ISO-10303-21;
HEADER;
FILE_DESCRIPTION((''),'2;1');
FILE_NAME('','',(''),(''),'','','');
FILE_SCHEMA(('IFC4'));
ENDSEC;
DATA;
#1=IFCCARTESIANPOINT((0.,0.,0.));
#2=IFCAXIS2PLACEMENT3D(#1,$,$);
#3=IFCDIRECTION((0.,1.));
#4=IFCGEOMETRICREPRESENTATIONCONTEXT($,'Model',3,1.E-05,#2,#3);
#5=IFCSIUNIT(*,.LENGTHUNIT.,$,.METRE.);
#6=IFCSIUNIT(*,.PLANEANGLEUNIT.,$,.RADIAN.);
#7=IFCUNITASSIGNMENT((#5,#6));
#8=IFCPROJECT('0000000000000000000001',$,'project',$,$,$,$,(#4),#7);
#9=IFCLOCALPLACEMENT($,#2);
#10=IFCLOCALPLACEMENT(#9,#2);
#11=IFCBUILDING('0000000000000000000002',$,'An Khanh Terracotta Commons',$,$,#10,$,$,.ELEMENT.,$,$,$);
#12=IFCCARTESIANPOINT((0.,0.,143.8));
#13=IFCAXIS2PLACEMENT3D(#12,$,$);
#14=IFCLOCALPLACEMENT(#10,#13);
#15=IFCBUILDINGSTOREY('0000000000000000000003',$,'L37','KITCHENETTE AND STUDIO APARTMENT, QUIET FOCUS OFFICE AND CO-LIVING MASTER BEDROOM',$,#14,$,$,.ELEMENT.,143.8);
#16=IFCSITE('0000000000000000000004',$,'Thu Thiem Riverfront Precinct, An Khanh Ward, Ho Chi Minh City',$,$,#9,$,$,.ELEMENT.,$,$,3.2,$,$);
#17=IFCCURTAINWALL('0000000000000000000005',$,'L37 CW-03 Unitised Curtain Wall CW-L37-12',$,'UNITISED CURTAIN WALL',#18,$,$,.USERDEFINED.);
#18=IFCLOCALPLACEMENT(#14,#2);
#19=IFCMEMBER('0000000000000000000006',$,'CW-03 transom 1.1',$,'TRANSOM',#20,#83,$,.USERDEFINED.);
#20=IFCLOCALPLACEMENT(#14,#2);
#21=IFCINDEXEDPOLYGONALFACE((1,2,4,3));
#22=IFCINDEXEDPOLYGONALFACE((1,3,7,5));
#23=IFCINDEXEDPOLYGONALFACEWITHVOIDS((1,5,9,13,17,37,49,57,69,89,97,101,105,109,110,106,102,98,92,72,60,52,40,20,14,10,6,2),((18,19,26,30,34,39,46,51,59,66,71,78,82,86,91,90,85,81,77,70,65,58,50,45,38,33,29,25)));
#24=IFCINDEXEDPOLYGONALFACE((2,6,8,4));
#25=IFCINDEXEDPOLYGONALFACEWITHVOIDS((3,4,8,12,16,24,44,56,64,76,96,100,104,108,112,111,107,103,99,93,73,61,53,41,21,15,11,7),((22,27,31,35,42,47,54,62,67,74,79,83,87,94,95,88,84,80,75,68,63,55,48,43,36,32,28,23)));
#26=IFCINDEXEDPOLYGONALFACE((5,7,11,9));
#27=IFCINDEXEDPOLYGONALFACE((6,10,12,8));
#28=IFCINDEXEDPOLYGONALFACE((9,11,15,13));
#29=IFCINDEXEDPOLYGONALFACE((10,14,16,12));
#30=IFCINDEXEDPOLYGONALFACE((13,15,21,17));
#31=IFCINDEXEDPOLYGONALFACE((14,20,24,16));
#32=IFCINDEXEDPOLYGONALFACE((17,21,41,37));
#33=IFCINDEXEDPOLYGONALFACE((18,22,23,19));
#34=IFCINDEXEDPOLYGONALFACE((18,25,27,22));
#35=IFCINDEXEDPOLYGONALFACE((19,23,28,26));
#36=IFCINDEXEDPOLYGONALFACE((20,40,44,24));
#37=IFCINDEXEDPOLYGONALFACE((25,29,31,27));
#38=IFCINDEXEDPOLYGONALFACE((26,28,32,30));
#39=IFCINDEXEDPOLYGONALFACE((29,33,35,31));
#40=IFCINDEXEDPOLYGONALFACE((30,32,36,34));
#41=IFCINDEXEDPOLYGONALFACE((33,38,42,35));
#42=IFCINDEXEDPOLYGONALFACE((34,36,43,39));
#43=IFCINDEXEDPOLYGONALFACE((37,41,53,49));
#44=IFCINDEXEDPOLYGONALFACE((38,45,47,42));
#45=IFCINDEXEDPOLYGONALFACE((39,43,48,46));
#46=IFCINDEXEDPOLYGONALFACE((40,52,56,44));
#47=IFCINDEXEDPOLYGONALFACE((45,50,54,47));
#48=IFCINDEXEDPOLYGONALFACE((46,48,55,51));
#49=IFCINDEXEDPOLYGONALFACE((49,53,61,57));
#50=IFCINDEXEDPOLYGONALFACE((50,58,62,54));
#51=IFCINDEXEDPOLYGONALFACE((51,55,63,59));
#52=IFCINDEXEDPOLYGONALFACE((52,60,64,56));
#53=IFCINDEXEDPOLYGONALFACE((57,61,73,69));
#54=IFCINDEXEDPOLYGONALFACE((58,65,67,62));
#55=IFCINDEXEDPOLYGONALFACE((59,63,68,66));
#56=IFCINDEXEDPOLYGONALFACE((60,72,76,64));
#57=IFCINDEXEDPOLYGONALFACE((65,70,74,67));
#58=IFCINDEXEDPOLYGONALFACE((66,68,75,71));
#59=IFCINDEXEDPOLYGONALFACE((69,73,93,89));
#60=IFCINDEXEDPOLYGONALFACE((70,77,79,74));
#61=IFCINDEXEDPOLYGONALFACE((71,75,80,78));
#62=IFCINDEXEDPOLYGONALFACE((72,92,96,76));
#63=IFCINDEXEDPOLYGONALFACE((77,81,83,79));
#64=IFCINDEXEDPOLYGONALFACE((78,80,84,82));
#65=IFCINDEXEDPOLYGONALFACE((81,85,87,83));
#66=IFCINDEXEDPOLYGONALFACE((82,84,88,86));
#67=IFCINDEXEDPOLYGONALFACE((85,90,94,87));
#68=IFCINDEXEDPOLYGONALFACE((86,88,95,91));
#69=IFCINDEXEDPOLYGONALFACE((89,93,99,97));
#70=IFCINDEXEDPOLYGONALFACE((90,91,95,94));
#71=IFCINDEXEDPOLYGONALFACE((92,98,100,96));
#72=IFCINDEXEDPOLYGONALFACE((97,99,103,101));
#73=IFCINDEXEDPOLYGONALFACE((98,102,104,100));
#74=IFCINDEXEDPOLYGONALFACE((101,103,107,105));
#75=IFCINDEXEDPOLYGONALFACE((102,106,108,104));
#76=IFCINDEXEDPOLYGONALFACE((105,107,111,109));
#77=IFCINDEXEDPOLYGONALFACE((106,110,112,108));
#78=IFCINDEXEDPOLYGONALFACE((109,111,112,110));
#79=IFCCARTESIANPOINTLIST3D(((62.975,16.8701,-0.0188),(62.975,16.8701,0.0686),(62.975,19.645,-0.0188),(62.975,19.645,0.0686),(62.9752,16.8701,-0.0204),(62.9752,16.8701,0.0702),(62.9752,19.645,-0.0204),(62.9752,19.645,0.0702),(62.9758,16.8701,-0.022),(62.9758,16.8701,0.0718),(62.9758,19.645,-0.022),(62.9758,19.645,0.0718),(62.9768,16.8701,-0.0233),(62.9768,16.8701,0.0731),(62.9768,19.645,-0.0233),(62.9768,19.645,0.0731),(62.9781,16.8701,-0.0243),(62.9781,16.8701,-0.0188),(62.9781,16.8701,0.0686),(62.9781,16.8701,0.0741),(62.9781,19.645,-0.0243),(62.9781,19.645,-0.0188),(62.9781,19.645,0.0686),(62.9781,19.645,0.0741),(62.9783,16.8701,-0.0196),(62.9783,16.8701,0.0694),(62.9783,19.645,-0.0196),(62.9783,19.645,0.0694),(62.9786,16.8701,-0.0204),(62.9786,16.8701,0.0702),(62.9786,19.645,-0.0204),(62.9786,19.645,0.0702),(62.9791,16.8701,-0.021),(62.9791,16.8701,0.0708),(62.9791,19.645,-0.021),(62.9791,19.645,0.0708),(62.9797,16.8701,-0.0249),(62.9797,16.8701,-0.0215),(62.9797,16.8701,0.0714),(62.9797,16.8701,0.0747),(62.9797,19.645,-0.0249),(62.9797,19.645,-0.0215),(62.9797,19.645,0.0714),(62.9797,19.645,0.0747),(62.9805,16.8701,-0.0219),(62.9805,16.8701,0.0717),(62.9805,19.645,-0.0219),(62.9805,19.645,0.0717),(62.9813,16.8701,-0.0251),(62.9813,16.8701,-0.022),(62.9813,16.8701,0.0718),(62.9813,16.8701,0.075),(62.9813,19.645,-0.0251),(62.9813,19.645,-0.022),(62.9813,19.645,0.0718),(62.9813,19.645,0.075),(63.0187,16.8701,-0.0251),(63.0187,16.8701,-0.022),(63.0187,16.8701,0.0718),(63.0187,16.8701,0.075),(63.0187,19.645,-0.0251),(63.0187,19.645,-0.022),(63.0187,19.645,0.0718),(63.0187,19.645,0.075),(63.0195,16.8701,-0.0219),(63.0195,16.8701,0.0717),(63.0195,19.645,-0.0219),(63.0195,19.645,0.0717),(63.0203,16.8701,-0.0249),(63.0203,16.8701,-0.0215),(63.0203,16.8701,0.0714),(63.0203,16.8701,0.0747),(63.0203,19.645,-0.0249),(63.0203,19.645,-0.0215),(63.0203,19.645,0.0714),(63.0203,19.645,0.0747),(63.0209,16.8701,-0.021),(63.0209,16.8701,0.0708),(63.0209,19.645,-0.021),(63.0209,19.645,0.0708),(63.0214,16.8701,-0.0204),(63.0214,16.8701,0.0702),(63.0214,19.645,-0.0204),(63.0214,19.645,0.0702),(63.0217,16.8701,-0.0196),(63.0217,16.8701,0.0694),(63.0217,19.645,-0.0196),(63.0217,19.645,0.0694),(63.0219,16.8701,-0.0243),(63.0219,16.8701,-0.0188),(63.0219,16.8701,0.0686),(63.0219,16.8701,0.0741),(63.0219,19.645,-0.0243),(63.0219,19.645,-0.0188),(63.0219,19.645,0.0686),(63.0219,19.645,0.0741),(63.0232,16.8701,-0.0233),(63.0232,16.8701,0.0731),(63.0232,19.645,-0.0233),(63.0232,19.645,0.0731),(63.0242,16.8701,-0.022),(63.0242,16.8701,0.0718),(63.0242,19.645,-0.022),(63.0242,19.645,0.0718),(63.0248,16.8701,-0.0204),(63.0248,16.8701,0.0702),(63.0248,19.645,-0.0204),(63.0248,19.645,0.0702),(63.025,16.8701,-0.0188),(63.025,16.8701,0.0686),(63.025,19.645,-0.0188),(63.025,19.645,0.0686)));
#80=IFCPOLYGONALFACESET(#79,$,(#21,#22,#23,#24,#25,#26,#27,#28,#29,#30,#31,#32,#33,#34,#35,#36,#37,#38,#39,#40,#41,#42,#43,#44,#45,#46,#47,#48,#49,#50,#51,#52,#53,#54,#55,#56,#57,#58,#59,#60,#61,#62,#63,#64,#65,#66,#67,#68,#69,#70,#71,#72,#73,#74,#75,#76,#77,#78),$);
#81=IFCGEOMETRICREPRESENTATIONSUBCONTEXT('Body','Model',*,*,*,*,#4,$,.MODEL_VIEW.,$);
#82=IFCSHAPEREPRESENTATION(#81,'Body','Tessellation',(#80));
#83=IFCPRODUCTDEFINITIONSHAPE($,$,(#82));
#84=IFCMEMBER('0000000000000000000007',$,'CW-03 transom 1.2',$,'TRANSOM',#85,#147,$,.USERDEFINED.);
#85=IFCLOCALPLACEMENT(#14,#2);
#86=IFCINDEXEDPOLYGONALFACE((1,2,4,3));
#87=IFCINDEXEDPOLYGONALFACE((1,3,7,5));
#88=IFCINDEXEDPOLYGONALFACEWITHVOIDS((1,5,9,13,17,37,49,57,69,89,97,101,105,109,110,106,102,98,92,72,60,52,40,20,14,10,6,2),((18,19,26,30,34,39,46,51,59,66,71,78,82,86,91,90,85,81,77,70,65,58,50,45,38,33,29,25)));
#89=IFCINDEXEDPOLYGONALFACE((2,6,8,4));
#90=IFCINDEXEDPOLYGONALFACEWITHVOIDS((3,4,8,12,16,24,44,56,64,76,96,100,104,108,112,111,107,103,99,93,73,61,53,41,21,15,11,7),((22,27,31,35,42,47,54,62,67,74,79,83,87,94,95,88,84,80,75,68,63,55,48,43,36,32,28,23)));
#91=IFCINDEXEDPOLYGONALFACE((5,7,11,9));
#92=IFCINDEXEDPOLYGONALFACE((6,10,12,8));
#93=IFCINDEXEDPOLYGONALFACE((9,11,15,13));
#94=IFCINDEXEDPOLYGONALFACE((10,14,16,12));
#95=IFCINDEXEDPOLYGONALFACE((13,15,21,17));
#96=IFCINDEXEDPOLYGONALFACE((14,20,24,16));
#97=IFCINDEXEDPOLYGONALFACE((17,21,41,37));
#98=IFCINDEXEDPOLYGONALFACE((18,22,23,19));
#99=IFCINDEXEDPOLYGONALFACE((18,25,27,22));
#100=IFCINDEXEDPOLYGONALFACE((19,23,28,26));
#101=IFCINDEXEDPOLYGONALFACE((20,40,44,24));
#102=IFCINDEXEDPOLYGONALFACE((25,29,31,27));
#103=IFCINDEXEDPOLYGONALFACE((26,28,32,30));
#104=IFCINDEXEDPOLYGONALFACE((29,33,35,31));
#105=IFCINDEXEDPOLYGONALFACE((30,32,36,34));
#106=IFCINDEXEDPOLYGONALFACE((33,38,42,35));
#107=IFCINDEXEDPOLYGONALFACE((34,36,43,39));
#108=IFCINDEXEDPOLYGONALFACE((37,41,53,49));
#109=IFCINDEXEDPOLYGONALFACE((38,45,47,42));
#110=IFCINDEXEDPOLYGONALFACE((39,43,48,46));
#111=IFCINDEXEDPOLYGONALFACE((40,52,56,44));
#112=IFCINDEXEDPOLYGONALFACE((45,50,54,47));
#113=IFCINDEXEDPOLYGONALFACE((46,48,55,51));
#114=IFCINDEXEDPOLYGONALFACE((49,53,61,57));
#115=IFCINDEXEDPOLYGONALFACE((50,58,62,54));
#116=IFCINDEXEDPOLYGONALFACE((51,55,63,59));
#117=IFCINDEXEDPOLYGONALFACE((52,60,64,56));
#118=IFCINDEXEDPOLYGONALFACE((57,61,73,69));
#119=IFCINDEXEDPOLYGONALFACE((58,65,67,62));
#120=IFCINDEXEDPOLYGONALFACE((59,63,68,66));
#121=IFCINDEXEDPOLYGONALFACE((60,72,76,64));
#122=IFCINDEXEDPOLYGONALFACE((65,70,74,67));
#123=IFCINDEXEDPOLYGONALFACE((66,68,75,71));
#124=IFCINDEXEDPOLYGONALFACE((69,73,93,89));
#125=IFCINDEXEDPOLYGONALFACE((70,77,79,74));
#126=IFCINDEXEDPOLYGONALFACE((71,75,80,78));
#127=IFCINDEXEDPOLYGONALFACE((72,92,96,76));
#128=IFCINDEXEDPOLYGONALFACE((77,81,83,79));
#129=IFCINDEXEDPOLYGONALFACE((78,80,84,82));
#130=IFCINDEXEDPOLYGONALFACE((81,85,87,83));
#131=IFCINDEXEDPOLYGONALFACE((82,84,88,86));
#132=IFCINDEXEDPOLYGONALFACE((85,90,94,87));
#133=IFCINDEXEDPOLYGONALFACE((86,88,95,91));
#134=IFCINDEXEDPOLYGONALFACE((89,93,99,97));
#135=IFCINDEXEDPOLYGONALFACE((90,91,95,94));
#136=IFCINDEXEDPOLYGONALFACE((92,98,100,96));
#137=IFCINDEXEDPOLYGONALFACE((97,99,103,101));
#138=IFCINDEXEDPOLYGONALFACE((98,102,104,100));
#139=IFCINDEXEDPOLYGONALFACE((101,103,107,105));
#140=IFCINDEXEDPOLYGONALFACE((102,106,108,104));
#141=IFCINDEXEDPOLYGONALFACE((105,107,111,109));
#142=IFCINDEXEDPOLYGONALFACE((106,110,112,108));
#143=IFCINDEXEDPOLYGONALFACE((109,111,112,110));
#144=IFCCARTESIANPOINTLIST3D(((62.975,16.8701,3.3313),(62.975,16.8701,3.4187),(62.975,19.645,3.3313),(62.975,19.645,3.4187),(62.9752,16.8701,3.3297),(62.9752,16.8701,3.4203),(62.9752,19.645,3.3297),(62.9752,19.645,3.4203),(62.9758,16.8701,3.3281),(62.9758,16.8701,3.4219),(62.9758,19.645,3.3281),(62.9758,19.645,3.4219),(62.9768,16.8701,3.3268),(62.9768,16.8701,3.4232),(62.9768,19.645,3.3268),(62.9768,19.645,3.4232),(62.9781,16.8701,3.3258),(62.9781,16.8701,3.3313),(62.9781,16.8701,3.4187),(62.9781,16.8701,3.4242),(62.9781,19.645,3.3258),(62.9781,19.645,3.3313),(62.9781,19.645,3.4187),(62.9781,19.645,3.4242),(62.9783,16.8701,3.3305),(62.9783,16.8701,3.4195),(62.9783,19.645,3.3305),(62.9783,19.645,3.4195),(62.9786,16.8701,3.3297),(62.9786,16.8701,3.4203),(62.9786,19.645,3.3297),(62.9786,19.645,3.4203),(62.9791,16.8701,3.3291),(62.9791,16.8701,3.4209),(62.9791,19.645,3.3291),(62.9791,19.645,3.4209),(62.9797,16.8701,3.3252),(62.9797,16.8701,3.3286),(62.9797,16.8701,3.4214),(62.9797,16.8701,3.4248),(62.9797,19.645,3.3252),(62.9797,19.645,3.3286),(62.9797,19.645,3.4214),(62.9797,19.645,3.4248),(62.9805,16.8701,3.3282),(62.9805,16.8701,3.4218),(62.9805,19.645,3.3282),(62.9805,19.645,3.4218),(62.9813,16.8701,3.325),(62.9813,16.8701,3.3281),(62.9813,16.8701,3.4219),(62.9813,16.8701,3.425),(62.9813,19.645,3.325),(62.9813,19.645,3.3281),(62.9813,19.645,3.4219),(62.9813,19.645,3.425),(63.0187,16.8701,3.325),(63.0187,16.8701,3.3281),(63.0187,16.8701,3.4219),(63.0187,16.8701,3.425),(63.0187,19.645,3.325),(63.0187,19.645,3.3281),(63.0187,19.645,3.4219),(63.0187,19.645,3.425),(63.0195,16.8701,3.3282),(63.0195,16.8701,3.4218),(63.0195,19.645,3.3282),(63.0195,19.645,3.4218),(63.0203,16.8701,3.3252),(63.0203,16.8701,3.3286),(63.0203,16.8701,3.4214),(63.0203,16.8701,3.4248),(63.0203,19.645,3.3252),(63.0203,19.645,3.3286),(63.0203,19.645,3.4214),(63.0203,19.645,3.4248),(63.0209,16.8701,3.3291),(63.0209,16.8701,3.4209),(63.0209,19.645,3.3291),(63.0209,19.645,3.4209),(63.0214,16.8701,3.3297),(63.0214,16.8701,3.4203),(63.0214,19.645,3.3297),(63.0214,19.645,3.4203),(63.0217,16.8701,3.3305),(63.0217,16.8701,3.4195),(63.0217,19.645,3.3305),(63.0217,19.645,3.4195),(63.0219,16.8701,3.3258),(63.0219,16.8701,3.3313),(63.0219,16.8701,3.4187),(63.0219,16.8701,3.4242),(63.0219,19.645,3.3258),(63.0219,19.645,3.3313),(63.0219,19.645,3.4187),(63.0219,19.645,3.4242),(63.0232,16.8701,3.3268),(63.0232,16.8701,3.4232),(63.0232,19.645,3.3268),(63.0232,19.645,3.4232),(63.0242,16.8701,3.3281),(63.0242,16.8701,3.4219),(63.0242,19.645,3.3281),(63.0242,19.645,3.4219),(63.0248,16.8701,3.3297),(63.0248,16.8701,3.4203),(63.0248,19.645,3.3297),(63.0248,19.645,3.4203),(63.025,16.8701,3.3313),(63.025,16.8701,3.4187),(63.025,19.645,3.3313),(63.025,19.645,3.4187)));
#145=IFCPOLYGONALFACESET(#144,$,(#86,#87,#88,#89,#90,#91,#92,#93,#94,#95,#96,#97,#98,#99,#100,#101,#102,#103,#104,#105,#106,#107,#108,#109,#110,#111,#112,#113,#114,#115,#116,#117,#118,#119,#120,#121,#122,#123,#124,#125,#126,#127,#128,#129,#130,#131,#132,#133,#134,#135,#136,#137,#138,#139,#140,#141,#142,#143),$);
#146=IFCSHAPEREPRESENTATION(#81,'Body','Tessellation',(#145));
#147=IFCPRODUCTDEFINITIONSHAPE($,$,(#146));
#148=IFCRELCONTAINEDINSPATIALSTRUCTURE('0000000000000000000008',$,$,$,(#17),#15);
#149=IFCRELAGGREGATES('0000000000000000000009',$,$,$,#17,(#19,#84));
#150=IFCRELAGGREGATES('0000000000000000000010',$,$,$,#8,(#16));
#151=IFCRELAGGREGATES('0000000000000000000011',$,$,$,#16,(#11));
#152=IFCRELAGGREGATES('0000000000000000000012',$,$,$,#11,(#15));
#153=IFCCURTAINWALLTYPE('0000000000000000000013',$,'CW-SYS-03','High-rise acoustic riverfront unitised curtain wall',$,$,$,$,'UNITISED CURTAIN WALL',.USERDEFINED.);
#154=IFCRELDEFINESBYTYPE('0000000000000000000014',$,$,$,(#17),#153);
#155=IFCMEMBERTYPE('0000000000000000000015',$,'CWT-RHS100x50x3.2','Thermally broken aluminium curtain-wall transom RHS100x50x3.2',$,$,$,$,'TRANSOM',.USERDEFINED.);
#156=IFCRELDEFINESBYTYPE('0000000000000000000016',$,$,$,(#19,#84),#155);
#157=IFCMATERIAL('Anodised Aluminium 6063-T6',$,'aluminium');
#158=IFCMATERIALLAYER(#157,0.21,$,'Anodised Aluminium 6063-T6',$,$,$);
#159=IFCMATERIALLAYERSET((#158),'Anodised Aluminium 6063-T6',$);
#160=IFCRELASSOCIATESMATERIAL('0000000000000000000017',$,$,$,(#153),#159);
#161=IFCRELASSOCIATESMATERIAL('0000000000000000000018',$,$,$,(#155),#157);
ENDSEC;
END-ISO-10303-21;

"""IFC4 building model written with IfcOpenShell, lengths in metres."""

from ifc_helpers import new_model, si_unit, direction, frame, origin, origin_2d, place, context, subcontext, project, spatial, hollow_rectangle, extrude, material, layer, layer_set, material_profile, profile_set, type_object, element, aggregate, save


model = new_model("IFC4")

# Units and contexts
model_context = context("Model", 3, precision=1e-05, world=origin(), true_north=direction((0.0, 1.0)))
body_context = subcontext(model_context, "Body", "Model", "MODEL_VIEW")
ifc_project = project(units=[si_unit("LENGTHUNIT", "METRE"), si_unit("PLANEANGLEUNIT", "RADIAN")], contexts=[model_context])

# Site, building, storey
site_placement = place(None, origin())
site = spatial("IfcSite", under=ifc_project, at=site_placement, Name="Thu Thiem Riverfront Precinct, An Khanh Ward, Ho Chi Minh City", CompositionType="ELEMENT", RefElevation=3.2)
building_placement = place(site_placement, origin())
building = spatial("IfcBuilding", under=site, at=building_placement, Name="An Khanh Terracotta Commons", CompositionType="ELEMENT")
storey_placement = place(building_placement, frame((0.0, 0.0, 143.8)))
storey = spatial("IfcBuildingStorey", under=building, at=storey_placement, Name="L37", Description="KITCHENETTE AND STUDIO APARTMENT, QUIET FOCUS OFFICE AND CO-LIVING MASTER BEDROOM", CompositionType="ELEMENT", Elevation=143.8)

# Curtain wall
ifc_material_1 = material(Name="Anodised Aluminium 6063-T6", Category="aluminium")
ifc_layer_1 = layer(ifc_material_1, 0.21, Name="Anodised Aluminium 6063-T6")
ifc_layer_set_1 = layer_set([ifc_layer_1], Name="Anodised Aluminium 6063-T6")
curtain_wall_type = type_object("IfcCurtainWallType", Name="CW-SYS-03", Description="High-rise acoustic riverfront unitised curtain wall", ElementType="UNITISED CURTAIN WALL", PredefinedType="USERDEFINED", material=ifc_layer_set_1)
curtain_wall_1_placement = place(storey_placement, origin())
curtain_wall_1 = element("IfcCurtainWall", 1, at=curtain_wall_1_placement, inside=storey, type_object=curtain_wall_type, Name="L37 CW-03 Unitised Curtain Wall CW-L37-12", ObjectType="UNITISED CURTAIN WALL", PredefinedType="USERDEFINED")

# Members
ifc_material_profile_1 = material_profile(ifc_material_1, hollow_rectangle(XDim=0.05, YDim=0.1001, WallThickness=0.0032, InnerFilletRadius=0.0032, OuterFilletRadius=0.0063, at=origin_2d()), Name="RHS100x50x3.2")
ifc_profile_set_1 = profile_set([ifc_material_profile_1], Name="Anodised Aluminium 6063-T6")
member_type_1 = type_object("IfcMemberType", Name="CWT-RHS100x50x3.2", Description="Thermally broken aluminium curtain-wall transom RHS100x50x3.2", ElementType="TRANSOM", PredefinedType="USERDEFINED", material=ifc_profile_set_1)
member_1_placement = place(storey_placement, frame((63.0, 16.8701, 0.0249), z_axis=(0.0, 1.0, 0.0), x_axis=(-1.0, 0.0, 0.0)))
member_1 = element("IfcMember", 2, at=member_1_placement, type_object=member_type_1, Name="CW-03 transom 1.1", ObjectType="TRANSOM", PredefinedType="USERDEFINED", context=body_context, shape_type="SweptSolid", body=[
    extrude(hollow_rectangle(XDim=0.05, YDim=0.1001, WallThickness=0.0032, InnerFilletRadius=0.0032, OuterFilletRadius=0.0063, at=origin_2d()), origin(), (0.0, 0.0, 1.0), 2.7749),
])
member_2_placement = place(storey_placement, frame((63.0, 16.8701, 3.375), z_axis=(0.0, 1.0, 0.0), x_axis=(-1.0, 0.0, 0.0)))
member_2 = element("IfcMember", 3, at=member_2_placement, type_object=member_type_1, Name="CW-03 transom 1.2", ObjectType="TRANSOM", PredefinedType="USERDEFINED", context=body_context, shape_type="SweptSolid", body=[
    extrude(hollow_rectangle(XDim=0.05, YDim=0.1001, WallThickness=0.0032, InnerFilletRadius=0.0032, OuterFilletRadius=0.0063, at=origin_2d()), origin(), (0.0, 0.0, 1.0), 2.7749),
])

aggregate(curtain_wall_1, [member_1, member_2])

save(model, "model.ifc")
